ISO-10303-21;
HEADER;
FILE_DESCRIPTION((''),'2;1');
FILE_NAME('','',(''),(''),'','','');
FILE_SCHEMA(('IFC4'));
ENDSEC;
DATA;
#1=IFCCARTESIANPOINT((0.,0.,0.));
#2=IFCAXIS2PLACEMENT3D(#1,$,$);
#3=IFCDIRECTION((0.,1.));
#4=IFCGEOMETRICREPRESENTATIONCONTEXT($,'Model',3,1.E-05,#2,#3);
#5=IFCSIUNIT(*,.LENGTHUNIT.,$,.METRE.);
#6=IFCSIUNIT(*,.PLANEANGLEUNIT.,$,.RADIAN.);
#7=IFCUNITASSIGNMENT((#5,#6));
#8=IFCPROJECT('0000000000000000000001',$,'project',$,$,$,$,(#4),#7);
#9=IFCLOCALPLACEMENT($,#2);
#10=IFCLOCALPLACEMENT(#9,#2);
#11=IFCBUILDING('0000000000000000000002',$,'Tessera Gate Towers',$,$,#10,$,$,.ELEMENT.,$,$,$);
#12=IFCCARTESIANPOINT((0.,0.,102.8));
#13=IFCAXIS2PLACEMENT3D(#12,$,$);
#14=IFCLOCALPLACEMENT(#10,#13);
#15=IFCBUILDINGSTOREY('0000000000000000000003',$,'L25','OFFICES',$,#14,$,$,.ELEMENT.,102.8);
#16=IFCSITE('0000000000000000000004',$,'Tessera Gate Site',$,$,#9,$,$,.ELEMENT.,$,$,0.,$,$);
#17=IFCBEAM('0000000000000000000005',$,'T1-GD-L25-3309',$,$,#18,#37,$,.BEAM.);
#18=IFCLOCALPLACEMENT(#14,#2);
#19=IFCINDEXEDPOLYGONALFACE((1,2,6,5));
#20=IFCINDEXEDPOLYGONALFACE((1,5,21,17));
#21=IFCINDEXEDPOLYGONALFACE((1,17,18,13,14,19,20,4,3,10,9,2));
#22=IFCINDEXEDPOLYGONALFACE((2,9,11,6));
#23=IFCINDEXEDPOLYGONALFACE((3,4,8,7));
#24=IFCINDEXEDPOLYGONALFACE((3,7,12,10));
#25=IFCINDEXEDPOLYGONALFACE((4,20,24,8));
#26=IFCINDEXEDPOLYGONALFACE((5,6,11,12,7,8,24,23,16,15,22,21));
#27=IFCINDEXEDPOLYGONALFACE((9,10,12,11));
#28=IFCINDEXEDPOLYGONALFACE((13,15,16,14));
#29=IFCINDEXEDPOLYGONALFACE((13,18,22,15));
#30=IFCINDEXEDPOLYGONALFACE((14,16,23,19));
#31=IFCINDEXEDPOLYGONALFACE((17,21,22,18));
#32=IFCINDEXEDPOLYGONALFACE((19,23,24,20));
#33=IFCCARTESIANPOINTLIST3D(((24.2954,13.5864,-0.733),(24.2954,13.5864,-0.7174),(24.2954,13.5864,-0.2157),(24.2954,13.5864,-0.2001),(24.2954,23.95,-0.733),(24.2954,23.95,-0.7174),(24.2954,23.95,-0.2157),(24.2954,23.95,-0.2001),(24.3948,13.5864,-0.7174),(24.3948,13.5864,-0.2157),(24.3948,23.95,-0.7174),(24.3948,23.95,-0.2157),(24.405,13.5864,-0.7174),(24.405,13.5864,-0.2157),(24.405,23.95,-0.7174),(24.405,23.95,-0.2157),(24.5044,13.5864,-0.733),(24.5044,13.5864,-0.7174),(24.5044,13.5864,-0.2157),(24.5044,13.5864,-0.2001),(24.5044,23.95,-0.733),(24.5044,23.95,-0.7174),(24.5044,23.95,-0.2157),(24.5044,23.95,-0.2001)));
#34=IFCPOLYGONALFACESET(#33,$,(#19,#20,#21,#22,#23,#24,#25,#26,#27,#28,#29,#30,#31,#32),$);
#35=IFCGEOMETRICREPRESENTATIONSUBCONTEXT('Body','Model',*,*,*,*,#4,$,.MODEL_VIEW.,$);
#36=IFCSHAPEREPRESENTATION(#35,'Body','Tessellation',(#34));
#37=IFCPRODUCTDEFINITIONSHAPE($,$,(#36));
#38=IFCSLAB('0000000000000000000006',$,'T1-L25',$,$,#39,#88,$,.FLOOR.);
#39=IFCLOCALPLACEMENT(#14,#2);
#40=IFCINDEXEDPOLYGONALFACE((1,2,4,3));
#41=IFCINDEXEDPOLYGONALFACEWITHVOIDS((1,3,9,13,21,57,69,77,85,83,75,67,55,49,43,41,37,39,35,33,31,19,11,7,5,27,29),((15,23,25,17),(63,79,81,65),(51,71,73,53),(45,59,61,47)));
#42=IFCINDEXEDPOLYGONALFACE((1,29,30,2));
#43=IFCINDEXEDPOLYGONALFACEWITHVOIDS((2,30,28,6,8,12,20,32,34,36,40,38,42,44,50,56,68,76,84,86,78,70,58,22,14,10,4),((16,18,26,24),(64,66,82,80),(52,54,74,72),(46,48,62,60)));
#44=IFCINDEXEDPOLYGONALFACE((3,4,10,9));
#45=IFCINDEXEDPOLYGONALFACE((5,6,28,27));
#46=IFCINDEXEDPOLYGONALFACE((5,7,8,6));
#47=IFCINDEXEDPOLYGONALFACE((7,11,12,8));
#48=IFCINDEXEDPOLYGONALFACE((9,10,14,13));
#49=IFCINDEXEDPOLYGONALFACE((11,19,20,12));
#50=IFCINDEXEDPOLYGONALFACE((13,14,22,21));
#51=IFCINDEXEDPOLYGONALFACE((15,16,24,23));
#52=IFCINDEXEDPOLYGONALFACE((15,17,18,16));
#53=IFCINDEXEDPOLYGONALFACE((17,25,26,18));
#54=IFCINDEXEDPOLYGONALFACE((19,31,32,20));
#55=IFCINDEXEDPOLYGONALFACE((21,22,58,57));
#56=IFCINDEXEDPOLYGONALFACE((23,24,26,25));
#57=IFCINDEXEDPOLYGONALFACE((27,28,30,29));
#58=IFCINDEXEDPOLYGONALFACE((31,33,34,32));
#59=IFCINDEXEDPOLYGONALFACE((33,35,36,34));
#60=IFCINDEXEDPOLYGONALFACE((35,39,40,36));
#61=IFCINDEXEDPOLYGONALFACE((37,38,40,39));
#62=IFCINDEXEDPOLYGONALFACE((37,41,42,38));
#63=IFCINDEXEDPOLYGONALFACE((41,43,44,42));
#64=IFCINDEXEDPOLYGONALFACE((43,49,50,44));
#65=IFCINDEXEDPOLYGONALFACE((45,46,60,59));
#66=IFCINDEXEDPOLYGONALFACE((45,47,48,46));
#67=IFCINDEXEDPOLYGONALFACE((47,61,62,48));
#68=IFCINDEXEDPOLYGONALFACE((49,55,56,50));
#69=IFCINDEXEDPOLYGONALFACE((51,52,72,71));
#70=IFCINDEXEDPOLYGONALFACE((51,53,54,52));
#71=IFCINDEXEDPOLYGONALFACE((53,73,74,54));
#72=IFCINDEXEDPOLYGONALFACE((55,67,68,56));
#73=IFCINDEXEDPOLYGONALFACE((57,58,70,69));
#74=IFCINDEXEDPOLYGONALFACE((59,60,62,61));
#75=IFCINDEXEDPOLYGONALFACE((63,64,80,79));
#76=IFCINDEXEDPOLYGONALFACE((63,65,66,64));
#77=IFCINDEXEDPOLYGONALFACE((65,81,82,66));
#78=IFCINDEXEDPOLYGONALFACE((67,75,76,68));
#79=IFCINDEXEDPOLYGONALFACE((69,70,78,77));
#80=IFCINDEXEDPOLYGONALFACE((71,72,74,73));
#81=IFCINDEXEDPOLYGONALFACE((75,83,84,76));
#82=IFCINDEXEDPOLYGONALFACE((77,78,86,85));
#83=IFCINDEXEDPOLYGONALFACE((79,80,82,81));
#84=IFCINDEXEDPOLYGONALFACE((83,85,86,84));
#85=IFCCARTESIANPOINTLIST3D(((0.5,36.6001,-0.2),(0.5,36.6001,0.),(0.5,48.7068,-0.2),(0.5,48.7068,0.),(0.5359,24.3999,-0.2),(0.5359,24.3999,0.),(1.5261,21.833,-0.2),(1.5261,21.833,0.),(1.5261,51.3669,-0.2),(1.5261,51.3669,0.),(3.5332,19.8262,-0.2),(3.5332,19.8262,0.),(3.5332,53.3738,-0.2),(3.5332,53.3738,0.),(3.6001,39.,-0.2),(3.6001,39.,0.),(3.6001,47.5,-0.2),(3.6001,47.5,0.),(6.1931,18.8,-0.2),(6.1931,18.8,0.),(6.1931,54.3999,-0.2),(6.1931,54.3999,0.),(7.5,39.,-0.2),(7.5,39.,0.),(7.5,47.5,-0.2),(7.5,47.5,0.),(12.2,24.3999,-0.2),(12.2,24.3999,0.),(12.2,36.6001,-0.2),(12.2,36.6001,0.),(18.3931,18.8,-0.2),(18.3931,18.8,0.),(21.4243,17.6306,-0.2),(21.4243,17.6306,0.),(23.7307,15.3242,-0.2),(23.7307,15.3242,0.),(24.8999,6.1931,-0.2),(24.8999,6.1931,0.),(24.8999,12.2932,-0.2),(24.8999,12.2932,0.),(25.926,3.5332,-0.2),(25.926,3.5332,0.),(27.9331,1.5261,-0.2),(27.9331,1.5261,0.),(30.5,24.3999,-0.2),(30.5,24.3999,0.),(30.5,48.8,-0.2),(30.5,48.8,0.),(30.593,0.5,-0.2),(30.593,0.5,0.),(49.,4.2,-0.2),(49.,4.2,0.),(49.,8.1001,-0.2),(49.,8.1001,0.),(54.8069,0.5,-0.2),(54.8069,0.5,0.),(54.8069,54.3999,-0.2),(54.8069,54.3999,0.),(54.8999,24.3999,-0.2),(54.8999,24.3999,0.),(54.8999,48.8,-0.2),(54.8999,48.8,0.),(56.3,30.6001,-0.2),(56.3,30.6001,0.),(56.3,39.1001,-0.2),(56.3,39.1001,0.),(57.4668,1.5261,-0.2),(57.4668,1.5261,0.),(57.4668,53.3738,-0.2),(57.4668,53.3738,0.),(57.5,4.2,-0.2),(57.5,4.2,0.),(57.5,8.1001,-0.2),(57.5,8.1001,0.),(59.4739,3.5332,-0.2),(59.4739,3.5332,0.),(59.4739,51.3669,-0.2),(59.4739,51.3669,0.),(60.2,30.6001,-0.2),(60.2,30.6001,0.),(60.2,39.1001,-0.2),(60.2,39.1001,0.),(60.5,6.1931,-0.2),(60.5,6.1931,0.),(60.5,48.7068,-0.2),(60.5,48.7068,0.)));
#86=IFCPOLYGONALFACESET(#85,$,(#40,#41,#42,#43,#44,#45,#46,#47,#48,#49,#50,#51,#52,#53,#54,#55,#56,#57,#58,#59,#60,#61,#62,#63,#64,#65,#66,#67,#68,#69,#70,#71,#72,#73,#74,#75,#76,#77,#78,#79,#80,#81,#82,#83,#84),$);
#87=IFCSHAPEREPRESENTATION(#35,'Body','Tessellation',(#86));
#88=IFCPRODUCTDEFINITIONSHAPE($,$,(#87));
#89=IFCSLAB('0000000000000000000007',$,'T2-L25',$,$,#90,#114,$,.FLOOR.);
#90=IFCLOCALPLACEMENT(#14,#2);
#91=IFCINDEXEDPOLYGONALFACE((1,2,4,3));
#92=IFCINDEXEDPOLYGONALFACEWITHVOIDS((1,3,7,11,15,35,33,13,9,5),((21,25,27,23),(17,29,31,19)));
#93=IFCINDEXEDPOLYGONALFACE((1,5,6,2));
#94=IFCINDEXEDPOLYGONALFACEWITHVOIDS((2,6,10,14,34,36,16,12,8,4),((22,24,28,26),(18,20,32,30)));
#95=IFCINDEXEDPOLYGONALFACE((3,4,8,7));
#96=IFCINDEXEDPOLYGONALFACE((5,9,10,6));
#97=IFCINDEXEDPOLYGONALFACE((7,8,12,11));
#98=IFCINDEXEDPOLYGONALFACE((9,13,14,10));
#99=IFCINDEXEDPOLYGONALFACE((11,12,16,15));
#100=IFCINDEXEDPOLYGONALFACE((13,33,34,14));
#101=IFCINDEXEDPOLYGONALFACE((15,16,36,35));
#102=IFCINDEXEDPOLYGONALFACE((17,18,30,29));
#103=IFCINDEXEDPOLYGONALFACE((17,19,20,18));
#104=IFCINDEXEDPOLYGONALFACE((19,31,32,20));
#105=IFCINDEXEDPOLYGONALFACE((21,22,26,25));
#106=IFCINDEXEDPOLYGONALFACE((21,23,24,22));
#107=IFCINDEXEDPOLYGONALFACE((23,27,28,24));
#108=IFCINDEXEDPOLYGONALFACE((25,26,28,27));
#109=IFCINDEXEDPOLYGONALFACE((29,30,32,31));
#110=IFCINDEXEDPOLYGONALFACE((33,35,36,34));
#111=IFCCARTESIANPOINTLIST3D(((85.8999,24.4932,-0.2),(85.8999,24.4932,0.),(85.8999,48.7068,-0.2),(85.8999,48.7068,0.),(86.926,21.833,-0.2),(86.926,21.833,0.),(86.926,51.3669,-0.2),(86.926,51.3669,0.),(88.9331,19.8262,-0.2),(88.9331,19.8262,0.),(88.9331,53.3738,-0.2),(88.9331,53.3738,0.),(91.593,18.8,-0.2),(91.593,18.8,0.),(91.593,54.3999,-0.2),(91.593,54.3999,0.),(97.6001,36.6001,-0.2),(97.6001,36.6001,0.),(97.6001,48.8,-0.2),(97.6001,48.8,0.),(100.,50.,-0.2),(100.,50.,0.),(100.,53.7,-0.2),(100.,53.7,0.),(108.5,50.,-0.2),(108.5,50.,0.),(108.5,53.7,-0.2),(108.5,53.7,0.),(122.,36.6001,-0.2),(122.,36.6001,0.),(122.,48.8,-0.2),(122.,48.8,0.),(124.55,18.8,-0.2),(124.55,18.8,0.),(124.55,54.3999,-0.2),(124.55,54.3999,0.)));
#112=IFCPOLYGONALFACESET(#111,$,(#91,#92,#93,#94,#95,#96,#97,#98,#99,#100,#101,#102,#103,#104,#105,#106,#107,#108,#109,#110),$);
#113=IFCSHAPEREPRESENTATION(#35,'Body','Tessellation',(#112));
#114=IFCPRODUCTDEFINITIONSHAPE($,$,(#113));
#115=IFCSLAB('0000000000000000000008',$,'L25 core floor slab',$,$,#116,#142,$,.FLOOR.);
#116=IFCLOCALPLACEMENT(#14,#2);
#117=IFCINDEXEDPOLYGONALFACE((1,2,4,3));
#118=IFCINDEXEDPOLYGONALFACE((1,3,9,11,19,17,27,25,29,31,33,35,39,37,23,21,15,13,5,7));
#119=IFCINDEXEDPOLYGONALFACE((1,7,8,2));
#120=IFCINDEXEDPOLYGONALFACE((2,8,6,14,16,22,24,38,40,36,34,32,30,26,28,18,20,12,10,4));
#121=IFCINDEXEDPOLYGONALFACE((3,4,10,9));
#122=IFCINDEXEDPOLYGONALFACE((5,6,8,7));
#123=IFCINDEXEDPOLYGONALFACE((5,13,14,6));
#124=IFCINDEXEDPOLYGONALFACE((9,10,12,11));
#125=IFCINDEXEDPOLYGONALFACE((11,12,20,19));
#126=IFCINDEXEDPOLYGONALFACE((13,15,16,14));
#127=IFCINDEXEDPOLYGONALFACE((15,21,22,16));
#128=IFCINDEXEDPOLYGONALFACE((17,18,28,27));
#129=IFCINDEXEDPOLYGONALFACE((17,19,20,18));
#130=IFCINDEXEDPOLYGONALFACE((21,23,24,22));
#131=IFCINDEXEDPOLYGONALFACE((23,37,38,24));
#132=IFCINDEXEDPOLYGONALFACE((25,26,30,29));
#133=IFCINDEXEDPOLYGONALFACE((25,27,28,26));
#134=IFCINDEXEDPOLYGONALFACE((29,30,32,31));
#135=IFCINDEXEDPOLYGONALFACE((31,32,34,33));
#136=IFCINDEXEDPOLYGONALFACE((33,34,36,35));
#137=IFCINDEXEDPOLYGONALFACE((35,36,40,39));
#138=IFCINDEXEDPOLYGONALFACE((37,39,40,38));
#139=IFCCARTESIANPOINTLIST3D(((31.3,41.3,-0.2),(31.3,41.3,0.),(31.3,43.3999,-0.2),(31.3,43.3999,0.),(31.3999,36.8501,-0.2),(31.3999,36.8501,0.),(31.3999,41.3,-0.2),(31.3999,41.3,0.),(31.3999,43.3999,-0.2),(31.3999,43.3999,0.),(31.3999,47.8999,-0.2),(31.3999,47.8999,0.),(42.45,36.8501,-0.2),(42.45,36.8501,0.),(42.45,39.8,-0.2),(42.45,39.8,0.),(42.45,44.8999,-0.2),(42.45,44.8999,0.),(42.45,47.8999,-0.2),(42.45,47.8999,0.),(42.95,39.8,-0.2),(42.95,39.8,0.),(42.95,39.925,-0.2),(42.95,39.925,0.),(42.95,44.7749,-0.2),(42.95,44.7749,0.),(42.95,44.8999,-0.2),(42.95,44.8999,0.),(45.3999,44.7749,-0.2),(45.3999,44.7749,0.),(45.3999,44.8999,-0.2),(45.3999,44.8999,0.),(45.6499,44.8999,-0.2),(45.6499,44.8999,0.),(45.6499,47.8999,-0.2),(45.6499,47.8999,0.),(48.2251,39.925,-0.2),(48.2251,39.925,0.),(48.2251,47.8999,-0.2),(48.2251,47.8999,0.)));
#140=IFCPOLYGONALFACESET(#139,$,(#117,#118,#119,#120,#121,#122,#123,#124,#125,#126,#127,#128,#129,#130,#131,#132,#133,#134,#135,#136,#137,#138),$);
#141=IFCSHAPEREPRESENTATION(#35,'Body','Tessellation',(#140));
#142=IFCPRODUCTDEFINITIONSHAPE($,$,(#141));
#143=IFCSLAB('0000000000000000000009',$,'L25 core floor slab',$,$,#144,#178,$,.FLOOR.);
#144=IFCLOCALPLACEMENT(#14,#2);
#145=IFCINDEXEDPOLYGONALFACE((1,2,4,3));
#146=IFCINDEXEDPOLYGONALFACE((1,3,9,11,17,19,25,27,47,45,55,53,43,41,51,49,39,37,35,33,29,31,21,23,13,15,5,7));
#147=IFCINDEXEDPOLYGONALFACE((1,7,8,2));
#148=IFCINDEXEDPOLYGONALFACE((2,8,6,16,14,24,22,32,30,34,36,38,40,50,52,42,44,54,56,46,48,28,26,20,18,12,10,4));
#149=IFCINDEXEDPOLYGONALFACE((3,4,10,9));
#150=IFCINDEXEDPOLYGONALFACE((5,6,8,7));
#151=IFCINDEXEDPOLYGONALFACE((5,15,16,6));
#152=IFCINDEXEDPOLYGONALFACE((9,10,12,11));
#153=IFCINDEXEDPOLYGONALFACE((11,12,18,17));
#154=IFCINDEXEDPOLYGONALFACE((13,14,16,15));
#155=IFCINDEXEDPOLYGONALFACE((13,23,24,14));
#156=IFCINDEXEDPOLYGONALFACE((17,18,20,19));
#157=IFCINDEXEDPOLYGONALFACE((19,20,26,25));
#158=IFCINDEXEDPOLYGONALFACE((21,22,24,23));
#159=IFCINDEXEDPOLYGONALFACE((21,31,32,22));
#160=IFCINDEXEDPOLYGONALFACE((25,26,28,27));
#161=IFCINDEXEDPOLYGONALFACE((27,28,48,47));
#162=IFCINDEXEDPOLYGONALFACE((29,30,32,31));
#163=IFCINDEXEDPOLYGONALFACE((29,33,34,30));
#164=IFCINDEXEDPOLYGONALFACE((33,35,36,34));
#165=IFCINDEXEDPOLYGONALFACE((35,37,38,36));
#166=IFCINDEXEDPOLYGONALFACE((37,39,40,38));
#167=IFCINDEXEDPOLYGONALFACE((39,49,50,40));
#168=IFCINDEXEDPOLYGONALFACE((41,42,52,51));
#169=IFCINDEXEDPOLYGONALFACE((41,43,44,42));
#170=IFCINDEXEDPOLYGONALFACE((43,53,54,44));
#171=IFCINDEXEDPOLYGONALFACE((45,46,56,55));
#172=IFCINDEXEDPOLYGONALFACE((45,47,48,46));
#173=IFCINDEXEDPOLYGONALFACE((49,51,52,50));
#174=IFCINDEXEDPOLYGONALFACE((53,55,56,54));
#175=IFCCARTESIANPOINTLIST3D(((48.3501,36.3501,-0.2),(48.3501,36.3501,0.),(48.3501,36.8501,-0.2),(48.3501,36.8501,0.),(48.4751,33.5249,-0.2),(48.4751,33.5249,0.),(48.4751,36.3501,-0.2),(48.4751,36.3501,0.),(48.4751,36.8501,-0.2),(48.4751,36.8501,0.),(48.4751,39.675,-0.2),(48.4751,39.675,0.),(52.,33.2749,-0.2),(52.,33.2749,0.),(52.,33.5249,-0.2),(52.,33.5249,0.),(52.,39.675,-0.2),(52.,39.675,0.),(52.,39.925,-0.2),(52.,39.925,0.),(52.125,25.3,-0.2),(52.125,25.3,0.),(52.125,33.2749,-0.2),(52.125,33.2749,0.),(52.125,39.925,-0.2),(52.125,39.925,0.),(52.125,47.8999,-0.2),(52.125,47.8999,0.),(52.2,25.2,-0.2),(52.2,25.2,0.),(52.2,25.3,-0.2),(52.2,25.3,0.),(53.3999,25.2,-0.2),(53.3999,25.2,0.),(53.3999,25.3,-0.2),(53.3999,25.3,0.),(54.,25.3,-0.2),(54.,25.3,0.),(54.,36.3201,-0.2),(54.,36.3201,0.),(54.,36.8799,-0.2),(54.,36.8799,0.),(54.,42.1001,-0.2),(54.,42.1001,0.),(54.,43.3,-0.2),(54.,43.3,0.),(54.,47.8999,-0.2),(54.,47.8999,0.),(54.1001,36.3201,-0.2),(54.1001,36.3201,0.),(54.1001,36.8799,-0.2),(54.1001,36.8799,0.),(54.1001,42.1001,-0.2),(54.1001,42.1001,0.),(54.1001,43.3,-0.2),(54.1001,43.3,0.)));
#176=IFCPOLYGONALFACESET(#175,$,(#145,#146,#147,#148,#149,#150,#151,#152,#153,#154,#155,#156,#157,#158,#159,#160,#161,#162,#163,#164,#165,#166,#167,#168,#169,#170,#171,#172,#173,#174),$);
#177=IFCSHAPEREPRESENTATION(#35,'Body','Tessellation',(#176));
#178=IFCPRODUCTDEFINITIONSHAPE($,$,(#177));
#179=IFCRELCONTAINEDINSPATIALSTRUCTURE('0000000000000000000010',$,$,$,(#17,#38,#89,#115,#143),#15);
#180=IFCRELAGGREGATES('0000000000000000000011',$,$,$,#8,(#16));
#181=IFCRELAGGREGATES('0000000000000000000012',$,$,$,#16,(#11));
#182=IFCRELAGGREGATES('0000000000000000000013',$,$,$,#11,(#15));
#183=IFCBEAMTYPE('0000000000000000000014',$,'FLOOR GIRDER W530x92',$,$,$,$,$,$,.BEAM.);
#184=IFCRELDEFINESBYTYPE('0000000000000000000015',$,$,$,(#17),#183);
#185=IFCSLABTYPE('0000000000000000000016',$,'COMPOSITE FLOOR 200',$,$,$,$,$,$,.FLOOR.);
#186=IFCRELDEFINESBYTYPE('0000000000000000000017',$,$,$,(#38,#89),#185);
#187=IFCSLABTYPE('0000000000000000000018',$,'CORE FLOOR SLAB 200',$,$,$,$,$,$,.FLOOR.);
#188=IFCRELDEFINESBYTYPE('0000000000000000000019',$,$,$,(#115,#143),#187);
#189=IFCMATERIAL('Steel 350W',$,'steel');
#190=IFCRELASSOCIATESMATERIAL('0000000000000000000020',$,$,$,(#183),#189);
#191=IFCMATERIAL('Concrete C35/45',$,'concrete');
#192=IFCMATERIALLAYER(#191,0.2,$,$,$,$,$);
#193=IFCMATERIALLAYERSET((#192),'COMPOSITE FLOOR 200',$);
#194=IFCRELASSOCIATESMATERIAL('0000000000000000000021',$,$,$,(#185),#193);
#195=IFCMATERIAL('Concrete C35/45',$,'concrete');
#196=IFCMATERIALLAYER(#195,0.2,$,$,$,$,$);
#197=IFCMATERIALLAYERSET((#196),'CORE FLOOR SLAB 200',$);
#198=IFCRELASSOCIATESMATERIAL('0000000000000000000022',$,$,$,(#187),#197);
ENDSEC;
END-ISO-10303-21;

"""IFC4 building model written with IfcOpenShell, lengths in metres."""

from ifc_helpers import new_model, si_unit, direction, frame, origin, origin_2d, place, context, subcontext, project, spatial, polyline, i_section, outline, extrude, material, layer, layer_set, material_profile, profile_set, type_object, element, save


model = new_model("IFC4")

# Units and contexts
model_context = context("Model", 3, precision=1e-05, world=origin(), true_north=direction((0.0, 1.0)))
body_context = subcontext(model_context, "Body", "Model", "MODEL_VIEW")
ifc_project = project(units=[si_unit("LENGTHUNIT", "METRE"), si_unit("PLANEANGLEUNIT", "RADIAN")], contexts=[model_context])

# Site, building, storey
site_placement = place(None, origin())
site = spatial("IfcSite", under=ifc_project, at=site_placement, Name="Tessera Gate Site", CompositionType="ELEMENT", RefElevation=0.0)
building_placement = place(site_placement, origin())
building = spatial("IfcBuilding", under=site, at=building_placement, Name="Tessera Gate Towers", CompositionType="ELEMENT")
storey_placement = place(building_placement, frame((0.0, 0.0, 102.8)))
storey = spatial("IfcBuildingStorey", under=building, at=storey_placement, Name="L25", Description="OFFICES", CompositionType="ELEMENT", Elevation=102.8)

# Beam
ifc_material_1 = material(Name="Steel 350W", Category="steel")
ifc_material_profile = material_profile(ifc_material_1, i_section(OverallWidth=0.209, OverallDepth=0.533, WebThickness=0.0103, FlangeThickness=0.0156, at=origin_2d()), Name="W530x92")
ifc_profile_set = profile_set([ifc_material_profile], Name="Steel 350W")
beam_type = type_object("IfcBeamType", Name="FLOOR GIRDER W530x92", PredefinedType="BEAM", material=ifc_profile_set)
beam_placement = place(storey_placement, frame((24.3999, 13.5864, -0.4666), z_axis=(0.0, 1.0, 0.0), x_axis=(-1.0, 0.0, 0.0)))
element("IfcBeam", 1, at=beam_placement, inside=storey, type_object=beam_type, Name="T1-GD-L25-3309", PredefinedType="BEAM", context=body_context, shape_type="SweptSolid", body=[
    extrude(i_section(OverallWidth=0.209, OverallDepth=0.533, WebThickness=0.0103, FlangeThickness=0.0156, at=origin_2d()), origin(), (0.0, 0.0, 1.0), 10.3635),
])

# Slabs
ifc_material_2 = material(Name="Concrete C35/45", Category="concrete")
ifc_layer_1 = layer(ifc_material_2, 0.2)
ifc_layer_set_1 = layer_set([ifc_layer_1], Name="COMPOSITE FLOOR 200")
slab_type_1 = type_object("IfcSlabType", Name="COMPOSITE FLOOR 200", PredefinedType="FLOOR", material=ifc_layer_set_1)
slab_1_placement = place(storey_placement, frame((0.0, 0.0, -0.2)))
element("IfcSlab", 2, at=slab_1_placement, inside=storey, type_object=slab_type_1, Name="T1-L25", PredefinedType="FLOOR", context=body_context, shape_type="SweptSolid", body=[
    extrude(outline(polyline([(0.5, 36.6001), (12.2, 36.6001), (12.2, 24.3999), (0.5359, 24.3999), (1.5261, 21.833), (3.5332, 19.8262), (6.1931, 18.8), (18.3931, 18.8), (21.4243, 17.6306), (23.7307, 15.3242), (24.8999, 12.2932), (24.8999, 6.1931), (25.926, 3.5332), (27.9331, 1.5261), (30.593, 0.5), (54.8069, 0.5), (57.4668, 1.5261), (59.4739, 3.5332), (60.5, 6.1931), (60.5, 48.7068), (59.4739, 51.3669), (57.4668, 53.3738), (54.8069, 54.3999), (6.1931, 54.3999), (3.5332, 53.3738), (1.5261, 51.3669), (0.5, 48.7068), (0.5, 36.6001)]), holes=[polyline([(3.6001, 39.0), (3.6001, 47.5), (7.5, 47.5), (7.5, 39.0), (3.6001, 39.0)]), polyline([(30.5, 24.3999), (30.5, 48.8), (54.8999, 48.8), (54.8999, 24.3999), (30.5, 24.3999)]), polyline([(49.0, 4.2), (49.0, 8.1001), (57.5, 8.1001), (57.5, 4.2), (49.0, 4.2)]), polyline([(56.3, 30.6001), (56.3, 39.1001), (60.2, 39.1001), (60.2, 30.6001), (56.3, 30.6001)])]), origin(), (0.0, 0.0, 1.0), 0.2),
])
slab_2_placement = place(storey_placement, frame((0.0, 0.0, -0.2)))
element("IfcSlab", 3, at=slab_2_placement, inside=storey, type_object=slab_type_1, Name="T2-L25", PredefinedType="FLOOR", context=body_context, shape_type="SweptSolid", body=[
    extrude(outline(polyline([(85.8999, 24.4932), (86.926, 21.833), (88.9331, 19.8262), (91.593, 18.8), (124.55, 18.8), (124.55, 54.3999), (91.593, 54.3999), (88.9331, 53.3738), (86.926, 51.3669), (85.8999, 48.7068), (85.8999, 24.4932)]), holes=[polyline([(97.6001, 36.6001), (97.6001, 48.8), (122.0, 48.8), (122.0, 36.6001), (97.6001, 36.6001)]), polyline([(100.0, 50.0), (100.0, 53.7), (108.5, 53.7), (108.5, 50.0), (100.0, 50.0)])]), origin(), (0.0, 0.0, 1.0), 0.2),
])
ifc_material_3 = material(Name="Concrete C35/45", Category="concrete")
ifc_layer_2 = layer(ifc_material_3, 0.2)
ifc_layer_set_2 = layer_set([ifc_layer_2], Name="CORE FLOOR SLAB 200")
slab_type_2 = type_object("IfcSlabType", Name="CORE FLOOR SLAB 200", PredefinedType="FLOOR", material=ifc_layer_set_2)
slab_3_placement = place(storey_placement, frame((0.0, 0.0, -0.2)))
element("IfcSlab", 4, at=slab_3_placement, inside=storey, type_object=slab_type_2, Name="L25 core floor slab", PredefinedType="FLOOR", context=body_context, shape_type="SweptSolid", body=[
    extrude(outline(polyline([(31.3999, 47.8999), (31.3999, 43.3999), (31.3, 43.3999), (31.3, 41.3), (31.3999, 41.3), (31.3999, 36.8501), (42.45, 36.8501), (42.45, 39.8), (42.95, 39.8), (42.95, 39.925), (48.2251, 39.925), (48.2251, 47.8999), (45.6499, 47.8999), (45.6499, 44.8999), (45.3999, 44.8999), (45.3999, 44.7749), (42.95, 44.7749), (42.95, 44.8999), (42.45, 44.8999), (42.45, 47.8999), (31.3999, 47.8999)])), origin(), (0.0, 0.0, 1.0), 0.2),
])
slab_4_placement = place(storey_placement, frame((0.0, 0.0, -0.2)))
element("IfcSlab", 5, at=slab_4_placement, inside=storey, type_object=slab_type_2, Name="L25 core floor slab", PredefinedType="FLOOR", context=body_context, shape_type="SweptSolid", body=[
    extrude(outline(polyline([(52.2, 25.2), (53.3999, 25.2), (53.3999, 25.3), (54.0, 25.3), (54.0, 36.3201), (54.1001, 36.3201), (54.1001, 36.8799), (54.0, 36.8799), (54.0, 42.1001), (54.1001, 42.1001), (54.1001, 43.3), (54.0, 43.3), (54.0, 47.8999), (52.125, 47.8999), (52.125, 39.925), (52.0, 39.925), (52.0, 39.675), (48.4751, 39.675), (48.4751, 36.8501), (48.3501, 36.8501), (48.3501, 36.3501), (48.4751, 36.3501), (48.4751, 33.5249), (52.0, 33.5249), (52.0, 33.2749), (52.125, 33.2749), (52.125, 25.3), (52.2, 25.3), (52.2, 25.2)])), origin(), (0.0, 0.0, 1.0), 0.2),
])

save(model, "model.ifc")
